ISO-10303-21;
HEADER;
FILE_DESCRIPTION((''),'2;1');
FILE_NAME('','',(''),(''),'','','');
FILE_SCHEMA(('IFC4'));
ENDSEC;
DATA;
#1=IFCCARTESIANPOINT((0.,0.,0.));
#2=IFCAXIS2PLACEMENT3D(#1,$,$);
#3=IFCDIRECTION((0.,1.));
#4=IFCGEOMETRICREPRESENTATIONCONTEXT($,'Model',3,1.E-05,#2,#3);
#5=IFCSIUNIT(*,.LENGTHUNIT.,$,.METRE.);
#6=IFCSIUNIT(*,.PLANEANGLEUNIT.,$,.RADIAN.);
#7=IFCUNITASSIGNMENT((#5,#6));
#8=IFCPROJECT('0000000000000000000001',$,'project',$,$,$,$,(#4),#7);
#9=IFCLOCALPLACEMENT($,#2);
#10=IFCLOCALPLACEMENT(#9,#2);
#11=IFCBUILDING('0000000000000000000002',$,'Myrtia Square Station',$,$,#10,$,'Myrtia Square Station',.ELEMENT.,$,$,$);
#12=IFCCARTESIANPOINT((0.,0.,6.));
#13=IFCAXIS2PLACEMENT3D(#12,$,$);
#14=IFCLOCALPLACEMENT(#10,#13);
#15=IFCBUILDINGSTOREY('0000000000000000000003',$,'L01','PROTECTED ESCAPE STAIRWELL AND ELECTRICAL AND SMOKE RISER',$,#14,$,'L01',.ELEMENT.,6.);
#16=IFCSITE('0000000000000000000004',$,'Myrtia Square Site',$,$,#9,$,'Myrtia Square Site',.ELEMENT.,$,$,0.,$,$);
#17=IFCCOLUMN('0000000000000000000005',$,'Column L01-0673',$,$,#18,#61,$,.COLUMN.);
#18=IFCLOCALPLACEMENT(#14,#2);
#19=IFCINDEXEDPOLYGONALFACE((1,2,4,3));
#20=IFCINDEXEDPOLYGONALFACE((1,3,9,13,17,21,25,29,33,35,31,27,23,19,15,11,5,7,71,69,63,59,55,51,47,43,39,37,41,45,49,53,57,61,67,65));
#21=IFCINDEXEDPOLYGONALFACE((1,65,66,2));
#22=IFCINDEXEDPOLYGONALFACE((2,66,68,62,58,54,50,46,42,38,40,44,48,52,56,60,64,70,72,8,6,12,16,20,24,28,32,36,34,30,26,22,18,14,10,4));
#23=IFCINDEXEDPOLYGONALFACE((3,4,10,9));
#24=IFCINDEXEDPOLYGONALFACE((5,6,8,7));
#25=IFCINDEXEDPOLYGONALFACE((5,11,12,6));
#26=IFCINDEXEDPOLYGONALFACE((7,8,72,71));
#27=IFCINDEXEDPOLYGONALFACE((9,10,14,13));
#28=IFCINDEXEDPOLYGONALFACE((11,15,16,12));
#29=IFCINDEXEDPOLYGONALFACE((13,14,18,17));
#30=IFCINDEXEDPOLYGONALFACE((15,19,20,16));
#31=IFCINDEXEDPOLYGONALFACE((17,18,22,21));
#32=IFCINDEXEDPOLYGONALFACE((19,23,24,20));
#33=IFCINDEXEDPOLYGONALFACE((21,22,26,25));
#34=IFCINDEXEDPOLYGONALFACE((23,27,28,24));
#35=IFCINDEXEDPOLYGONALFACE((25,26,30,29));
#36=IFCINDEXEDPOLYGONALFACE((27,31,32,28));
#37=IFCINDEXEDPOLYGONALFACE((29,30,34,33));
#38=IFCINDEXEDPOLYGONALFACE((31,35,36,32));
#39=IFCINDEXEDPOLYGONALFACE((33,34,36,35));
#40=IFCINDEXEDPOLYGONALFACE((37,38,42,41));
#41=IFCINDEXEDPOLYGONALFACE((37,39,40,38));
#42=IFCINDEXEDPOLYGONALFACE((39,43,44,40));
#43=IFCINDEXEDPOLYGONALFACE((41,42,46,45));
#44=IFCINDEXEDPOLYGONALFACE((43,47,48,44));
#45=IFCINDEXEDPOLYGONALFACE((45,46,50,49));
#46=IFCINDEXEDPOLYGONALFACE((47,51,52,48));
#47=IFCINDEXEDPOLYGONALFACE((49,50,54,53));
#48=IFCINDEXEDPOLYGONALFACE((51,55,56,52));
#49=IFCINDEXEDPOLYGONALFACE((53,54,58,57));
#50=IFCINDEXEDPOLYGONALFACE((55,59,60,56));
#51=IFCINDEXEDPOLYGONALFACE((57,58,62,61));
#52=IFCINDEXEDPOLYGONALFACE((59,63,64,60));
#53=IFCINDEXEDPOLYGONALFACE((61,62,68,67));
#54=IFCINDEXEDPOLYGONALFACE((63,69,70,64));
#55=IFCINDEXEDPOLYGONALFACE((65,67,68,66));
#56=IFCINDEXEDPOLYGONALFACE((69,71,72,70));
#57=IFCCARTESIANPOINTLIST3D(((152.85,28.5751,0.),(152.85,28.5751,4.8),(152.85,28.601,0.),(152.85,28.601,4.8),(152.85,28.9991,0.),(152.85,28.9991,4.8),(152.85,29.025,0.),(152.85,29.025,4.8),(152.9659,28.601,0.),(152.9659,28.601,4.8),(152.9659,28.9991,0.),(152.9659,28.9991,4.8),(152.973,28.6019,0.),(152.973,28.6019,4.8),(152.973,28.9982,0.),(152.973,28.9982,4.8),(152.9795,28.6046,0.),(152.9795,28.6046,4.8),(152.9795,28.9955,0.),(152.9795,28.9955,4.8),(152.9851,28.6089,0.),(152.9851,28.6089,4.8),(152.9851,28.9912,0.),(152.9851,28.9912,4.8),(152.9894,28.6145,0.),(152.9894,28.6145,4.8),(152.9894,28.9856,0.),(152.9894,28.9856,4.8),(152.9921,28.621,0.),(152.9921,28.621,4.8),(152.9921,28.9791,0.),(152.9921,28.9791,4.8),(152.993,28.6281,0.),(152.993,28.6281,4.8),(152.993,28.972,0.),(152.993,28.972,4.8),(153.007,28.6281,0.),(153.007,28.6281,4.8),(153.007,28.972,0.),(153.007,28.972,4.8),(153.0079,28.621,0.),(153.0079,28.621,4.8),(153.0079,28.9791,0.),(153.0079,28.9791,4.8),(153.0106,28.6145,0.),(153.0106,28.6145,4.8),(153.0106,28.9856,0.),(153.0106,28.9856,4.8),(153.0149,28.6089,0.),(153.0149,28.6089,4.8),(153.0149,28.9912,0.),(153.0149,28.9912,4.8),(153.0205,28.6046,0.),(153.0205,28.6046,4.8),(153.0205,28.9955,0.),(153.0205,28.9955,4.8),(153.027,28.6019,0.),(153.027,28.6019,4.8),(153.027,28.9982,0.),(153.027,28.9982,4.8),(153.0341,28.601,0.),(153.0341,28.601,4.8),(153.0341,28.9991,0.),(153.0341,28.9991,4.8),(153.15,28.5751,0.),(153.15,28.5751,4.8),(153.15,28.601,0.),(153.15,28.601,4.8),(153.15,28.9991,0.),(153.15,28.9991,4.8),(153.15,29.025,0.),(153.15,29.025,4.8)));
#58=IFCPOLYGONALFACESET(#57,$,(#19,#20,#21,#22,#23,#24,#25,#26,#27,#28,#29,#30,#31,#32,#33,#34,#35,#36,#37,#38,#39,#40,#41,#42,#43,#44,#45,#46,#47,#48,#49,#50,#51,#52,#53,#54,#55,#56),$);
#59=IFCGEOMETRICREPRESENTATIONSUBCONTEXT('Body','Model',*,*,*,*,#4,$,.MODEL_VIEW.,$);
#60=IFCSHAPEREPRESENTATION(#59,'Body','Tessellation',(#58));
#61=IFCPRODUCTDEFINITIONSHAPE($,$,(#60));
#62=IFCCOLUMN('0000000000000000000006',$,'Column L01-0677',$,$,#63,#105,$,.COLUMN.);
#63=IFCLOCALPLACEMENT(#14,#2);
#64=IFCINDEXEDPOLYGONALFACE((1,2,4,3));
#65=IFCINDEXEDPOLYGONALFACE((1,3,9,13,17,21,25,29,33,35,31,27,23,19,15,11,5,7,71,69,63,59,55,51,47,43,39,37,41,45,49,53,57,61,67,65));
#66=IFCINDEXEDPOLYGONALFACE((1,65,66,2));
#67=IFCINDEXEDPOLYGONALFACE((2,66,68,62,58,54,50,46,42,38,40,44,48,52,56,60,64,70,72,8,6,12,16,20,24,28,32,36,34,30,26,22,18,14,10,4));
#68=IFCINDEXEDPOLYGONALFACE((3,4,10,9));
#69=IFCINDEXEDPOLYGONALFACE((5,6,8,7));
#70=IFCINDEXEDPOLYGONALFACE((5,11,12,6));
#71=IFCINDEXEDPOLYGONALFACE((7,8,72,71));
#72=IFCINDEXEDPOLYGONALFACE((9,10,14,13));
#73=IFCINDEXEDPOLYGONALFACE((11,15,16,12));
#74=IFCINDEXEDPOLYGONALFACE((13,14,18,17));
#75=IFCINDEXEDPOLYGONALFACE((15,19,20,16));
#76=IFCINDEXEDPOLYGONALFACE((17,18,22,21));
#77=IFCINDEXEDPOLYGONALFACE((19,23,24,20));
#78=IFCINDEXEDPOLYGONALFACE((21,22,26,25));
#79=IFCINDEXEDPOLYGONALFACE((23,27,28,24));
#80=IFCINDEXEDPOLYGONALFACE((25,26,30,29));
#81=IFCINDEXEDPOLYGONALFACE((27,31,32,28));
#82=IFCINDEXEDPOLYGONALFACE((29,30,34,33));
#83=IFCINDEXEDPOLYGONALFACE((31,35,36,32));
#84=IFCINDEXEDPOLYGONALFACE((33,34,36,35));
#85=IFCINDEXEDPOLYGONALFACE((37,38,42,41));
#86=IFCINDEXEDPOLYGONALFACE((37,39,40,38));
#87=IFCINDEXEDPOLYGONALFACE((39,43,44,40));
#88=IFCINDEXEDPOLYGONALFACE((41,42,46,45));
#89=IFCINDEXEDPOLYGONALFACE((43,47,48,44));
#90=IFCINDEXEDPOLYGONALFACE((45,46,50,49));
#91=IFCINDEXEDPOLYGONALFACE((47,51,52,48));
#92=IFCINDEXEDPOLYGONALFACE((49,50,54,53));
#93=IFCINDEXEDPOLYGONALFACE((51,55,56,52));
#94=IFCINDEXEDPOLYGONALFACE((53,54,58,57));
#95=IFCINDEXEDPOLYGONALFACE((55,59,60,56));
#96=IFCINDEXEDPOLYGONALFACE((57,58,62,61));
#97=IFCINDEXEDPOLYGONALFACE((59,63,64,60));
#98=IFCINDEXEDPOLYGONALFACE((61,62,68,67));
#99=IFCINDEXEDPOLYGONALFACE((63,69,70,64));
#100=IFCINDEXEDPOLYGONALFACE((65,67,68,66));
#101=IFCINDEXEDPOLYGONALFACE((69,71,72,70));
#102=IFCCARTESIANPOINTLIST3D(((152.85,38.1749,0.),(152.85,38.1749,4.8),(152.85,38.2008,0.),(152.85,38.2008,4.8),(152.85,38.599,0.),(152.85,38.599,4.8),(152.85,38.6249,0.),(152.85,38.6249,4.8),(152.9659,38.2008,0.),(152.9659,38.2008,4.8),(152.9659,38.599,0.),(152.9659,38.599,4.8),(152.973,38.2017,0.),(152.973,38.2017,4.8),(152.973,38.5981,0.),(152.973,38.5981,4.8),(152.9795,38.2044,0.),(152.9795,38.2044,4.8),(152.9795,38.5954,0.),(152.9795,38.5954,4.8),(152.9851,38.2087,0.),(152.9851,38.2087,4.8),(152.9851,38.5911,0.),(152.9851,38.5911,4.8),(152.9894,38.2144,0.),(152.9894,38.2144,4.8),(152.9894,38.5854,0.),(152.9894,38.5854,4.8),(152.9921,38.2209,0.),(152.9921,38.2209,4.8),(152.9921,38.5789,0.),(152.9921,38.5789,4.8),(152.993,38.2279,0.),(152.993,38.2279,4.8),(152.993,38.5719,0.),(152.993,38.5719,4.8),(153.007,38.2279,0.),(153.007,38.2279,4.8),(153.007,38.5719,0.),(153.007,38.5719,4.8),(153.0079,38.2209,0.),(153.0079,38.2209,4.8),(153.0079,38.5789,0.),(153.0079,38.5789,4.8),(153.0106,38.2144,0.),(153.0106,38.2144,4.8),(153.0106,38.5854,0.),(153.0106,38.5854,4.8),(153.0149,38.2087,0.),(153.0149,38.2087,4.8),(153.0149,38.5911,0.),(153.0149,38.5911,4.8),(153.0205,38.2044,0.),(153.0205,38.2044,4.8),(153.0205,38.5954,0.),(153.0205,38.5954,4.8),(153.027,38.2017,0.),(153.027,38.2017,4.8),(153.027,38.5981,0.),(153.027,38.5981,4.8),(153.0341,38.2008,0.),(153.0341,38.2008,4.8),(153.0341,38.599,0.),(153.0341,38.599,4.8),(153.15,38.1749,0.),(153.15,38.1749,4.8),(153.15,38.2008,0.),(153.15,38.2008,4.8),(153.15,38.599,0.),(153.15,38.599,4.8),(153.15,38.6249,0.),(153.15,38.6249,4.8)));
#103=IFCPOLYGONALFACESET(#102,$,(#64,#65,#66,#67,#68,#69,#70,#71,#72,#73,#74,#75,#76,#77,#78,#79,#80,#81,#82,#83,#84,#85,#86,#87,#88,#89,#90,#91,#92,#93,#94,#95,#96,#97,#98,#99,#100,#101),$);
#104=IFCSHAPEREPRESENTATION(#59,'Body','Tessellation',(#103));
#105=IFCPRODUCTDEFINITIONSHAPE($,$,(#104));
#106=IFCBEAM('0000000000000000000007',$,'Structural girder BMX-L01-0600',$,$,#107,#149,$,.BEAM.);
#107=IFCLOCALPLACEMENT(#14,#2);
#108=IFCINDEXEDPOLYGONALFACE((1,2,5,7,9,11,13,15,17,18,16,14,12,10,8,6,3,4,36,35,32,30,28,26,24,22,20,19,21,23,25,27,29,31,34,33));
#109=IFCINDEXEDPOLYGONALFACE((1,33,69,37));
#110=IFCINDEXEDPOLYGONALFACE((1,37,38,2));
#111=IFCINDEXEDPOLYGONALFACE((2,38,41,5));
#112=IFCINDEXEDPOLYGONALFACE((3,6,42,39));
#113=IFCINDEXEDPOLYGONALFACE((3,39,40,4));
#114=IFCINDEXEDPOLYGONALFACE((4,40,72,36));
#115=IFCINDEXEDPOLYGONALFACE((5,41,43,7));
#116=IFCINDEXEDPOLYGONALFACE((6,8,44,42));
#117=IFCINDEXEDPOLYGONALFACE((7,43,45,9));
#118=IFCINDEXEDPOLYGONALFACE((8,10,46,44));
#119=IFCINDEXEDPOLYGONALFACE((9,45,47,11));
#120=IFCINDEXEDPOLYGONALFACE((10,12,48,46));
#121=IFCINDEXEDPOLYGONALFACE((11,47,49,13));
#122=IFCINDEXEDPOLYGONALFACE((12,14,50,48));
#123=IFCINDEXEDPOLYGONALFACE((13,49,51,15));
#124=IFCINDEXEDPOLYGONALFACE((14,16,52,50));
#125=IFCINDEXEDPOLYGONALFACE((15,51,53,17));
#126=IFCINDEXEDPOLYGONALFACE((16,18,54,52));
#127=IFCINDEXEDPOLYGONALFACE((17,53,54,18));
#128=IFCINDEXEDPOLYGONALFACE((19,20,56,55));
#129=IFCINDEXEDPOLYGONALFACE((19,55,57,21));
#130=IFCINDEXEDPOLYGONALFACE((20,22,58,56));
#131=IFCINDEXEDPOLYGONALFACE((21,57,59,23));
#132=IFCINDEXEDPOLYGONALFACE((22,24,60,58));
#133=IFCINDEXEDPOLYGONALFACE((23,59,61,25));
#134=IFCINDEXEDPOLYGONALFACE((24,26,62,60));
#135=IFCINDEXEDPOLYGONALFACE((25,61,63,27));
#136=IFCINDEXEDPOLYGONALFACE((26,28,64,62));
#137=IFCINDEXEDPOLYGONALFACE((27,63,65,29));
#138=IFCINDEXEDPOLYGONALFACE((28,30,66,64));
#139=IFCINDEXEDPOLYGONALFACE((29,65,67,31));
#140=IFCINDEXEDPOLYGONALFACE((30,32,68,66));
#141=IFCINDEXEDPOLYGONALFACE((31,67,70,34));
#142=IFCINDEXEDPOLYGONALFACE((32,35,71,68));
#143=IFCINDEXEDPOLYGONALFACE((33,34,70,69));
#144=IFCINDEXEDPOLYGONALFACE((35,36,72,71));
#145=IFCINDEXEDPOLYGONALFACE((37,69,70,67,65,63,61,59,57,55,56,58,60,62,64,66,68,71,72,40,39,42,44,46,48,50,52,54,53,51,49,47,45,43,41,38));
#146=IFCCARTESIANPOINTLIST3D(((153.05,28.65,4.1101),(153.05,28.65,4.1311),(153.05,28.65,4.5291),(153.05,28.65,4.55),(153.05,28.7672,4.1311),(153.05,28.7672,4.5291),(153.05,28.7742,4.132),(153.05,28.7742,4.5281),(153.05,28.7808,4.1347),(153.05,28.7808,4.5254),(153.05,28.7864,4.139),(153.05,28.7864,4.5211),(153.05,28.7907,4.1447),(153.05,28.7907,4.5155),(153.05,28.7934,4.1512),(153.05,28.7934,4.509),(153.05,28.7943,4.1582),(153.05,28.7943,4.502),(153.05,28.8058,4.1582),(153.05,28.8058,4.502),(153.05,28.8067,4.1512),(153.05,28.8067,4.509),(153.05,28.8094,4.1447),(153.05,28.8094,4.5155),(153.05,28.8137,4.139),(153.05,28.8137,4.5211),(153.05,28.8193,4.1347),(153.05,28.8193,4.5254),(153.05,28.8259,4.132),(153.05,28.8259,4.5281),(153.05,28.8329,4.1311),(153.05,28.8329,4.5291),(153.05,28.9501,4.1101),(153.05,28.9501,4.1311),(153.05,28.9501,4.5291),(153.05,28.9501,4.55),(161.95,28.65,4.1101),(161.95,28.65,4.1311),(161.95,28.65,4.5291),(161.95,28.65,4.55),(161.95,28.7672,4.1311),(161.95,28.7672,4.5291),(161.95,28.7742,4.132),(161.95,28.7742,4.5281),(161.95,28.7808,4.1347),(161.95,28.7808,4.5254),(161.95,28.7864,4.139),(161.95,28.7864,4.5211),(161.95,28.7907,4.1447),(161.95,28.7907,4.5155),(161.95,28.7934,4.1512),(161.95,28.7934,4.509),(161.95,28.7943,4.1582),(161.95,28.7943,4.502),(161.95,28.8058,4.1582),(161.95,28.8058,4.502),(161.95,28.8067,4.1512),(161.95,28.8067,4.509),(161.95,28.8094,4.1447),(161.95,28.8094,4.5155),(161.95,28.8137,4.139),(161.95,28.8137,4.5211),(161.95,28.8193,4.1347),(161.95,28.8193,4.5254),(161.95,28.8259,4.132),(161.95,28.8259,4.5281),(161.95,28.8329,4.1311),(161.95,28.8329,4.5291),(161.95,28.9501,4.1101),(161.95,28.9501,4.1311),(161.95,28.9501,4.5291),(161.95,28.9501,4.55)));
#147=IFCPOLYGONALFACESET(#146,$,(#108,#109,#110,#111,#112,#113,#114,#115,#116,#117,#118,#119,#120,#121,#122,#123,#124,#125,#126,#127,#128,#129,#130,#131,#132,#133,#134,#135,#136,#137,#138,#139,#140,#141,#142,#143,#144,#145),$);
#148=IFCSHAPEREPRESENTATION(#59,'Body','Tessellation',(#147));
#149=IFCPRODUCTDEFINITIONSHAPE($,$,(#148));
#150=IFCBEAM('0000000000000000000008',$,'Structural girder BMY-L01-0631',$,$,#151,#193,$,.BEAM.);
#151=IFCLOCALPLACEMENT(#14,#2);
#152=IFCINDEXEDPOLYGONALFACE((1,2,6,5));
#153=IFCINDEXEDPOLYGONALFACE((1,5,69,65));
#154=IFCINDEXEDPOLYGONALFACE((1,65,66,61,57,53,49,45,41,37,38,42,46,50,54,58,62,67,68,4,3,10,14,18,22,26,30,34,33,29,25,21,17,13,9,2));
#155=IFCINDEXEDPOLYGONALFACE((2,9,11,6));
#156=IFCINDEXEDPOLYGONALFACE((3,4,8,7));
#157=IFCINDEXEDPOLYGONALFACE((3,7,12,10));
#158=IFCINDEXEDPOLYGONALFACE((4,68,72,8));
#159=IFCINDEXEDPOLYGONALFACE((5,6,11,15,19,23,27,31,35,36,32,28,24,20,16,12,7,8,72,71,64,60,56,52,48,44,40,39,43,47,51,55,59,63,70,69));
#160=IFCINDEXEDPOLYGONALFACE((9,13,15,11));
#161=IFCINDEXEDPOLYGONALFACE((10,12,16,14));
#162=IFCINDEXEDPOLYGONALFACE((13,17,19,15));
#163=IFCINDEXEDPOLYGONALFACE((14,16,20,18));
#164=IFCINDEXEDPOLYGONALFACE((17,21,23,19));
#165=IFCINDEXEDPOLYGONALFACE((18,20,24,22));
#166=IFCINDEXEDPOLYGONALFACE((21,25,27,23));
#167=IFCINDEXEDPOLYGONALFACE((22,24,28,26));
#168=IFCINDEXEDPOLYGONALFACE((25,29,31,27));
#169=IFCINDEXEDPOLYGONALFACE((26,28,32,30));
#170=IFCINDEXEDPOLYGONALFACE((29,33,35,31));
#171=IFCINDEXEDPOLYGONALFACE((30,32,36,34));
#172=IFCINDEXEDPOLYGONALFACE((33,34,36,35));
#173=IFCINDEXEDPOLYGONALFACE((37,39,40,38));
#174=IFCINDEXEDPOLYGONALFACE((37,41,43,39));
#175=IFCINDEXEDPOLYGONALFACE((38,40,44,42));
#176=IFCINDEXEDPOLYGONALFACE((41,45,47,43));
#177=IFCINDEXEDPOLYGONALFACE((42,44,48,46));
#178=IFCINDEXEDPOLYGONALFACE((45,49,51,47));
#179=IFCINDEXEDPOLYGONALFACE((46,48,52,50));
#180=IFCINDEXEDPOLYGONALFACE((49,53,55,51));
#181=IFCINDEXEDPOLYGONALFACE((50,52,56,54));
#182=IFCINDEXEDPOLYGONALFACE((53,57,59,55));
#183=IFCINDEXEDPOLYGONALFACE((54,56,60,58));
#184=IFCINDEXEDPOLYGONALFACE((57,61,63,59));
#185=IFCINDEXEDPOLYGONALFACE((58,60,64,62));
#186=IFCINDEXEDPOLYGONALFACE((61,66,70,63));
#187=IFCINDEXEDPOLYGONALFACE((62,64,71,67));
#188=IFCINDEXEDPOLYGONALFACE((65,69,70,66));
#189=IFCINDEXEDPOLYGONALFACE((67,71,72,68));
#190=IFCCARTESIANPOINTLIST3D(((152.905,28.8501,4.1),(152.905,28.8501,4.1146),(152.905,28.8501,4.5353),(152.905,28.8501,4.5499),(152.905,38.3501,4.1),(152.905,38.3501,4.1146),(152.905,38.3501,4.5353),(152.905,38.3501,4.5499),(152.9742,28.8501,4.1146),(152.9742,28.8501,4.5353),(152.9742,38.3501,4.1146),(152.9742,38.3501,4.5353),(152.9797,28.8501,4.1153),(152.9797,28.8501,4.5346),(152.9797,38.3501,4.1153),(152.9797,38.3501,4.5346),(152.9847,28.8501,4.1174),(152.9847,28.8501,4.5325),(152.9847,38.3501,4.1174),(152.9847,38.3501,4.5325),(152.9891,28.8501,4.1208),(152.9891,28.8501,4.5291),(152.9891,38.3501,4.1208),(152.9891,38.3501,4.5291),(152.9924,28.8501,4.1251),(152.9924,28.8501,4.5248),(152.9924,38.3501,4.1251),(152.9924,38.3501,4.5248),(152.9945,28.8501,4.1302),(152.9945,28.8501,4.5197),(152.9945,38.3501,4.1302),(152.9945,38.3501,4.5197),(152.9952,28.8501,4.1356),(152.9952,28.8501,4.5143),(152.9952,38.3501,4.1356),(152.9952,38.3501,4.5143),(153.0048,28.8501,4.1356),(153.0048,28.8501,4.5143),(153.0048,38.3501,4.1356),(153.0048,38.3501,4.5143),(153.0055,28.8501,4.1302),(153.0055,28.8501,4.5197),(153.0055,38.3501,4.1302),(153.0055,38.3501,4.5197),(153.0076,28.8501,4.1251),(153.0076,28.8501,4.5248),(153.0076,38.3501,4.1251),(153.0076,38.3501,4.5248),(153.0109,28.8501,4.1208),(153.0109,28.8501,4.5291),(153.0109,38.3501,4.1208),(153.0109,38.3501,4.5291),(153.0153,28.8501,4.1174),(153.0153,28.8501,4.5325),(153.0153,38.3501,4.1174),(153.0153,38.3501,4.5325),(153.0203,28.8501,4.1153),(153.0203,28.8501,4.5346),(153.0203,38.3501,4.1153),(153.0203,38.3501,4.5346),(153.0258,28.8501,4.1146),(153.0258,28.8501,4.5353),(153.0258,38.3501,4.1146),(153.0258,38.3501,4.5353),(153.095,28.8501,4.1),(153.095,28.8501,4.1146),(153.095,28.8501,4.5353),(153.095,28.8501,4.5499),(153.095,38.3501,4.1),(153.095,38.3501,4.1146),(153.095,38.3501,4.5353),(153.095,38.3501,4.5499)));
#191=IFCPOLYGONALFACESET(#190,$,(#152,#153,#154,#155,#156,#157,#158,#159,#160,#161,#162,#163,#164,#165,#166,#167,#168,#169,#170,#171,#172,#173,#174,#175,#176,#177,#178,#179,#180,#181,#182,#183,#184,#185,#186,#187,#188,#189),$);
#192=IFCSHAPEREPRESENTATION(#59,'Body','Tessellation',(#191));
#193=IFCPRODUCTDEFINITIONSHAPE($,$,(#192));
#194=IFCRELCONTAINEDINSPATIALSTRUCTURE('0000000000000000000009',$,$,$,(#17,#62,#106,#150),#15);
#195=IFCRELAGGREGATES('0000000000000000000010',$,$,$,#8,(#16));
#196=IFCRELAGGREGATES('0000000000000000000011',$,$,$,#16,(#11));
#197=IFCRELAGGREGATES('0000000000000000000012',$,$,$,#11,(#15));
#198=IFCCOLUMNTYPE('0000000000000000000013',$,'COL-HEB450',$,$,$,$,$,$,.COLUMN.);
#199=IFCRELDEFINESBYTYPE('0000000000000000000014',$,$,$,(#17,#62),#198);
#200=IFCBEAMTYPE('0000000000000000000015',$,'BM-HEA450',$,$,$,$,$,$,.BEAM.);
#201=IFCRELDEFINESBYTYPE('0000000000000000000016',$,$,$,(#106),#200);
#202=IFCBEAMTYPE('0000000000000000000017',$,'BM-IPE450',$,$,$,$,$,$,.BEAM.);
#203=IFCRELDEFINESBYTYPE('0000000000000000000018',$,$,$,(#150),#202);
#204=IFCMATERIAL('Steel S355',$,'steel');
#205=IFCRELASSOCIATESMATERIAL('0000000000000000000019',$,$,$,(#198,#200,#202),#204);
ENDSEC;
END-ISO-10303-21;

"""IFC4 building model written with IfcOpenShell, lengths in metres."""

from ifc_helpers import new_model, si_unit, direction, frame, origin, origin_2d, place, context, subcontext, project, spatial, i_section, extrude, material, material_profile, profile_set, type_object, element, save


model = new_model("IFC4")

# Units and contexts
model_context = context("Model", 3, precision=1e-05, world=origin(), true_north=direction((0.0, 1.0)))
body_context = subcontext(model_context, "Body", "Model", "MODEL_VIEW")
ifc_project = project(units=[si_unit("LENGTHUNIT", "METRE"), si_unit("PLANEANGLEUNIT", "RADIAN")], contexts=[model_context])

# Site, building, storey
site_placement = place(None, origin())
site = spatial("IfcSite", under=ifc_project, at=site_placement, Name="Myrtia Square Site", LongName="Myrtia Square Site", CompositionType="ELEMENT", RefElevation=0.0)
building_placement = place(site_placement, origin())
building = spatial("IfcBuilding", under=site, at=building_placement, Name="Myrtia Square Station", LongName="Myrtia Square Station", CompositionType="ELEMENT")
storey_placement = place(building_placement, frame((0.0, 0.0, 6.0)))
storey = spatial("IfcBuildingStorey", under=building, at=storey_placement, Name="L01", Description="PROTECTED ESCAPE STAIRWELL AND ELECTRICAL AND SMOKE RISER", LongName="L01", CompositionType="ELEMENT", Elevation=6.0)

# Columns
ifc_material_1 = material(Name="Steel S355", Category="steel")
ifc_material_profile_1 = material_profile(ifc_material_1, i_section(OverallWidth=0.3, OverallDepth=0.45, WebThickness=0.0139, FlangeThickness=0.0259, FilletRadius=0.0271, at=origin_2d()), Name="HEB 450")
ifc_profile_set_1 = profile_set([ifc_material_profile_1], Name="Steel S355")
column_type = type_object("IfcColumnType", Name="COL-HEB450", PredefinedType="COLUMN", material=ifc_profile_set_1)
for number, where, z_axis, x_axis, name in (
    (1, (153.0, 28.8, 0.0), (0.0, 0.0, 1.0), (1.0, 0.0, 0.0), "Column L01-0673"),
    (2, (153.0, 38.3999, 0.0), (0.0, 0.0, 1.0), (1.0, 0.0, 0.0), "Column L01-0677"),
):
    element("IfcColumn", number, at=place(storey_placement, frame(where, z_axis=z_axis, x_axis=x_axis)), inside=storey, type_object=column_type, Name=name, PredefinedType="COLUMN", context=body_context, shape_type="SweptSolid", body=[
        extrude(i_section(OverallWidth=0.3, OverallDepth=0.45, WebThickness=0.0139, FlangeThickness=0.0259, FilletRadius=0.0271, at=origin_2d()), origin(), (0.0, 0.0, 1.0), 4.8),
    ])

# Beams
ifc_material_profile_2 = material_profile(ifc_material_1, i_section(OverallWidth=0.3, OverallDepth=0.4399, WebThickness=0.0115, FlangeThickness=0.021, FilletRadius=0.0271, at=origin_2d()), Name="HEA 450")
ifc_profile_set_2 = profile_set([ifc_material_profile_2], Name="Steel S355")
beam_type_1 = type_object("IfcBeamType", Name="BM-HEA450", PredefinedType="BEAM", material=ifc_profile_set_2)
beam_1_placement = place(storey_placement, frame((153.05, 28.8, 4.3301), z_axis=(1.0, 0.0, 0.0), x_axis=(0.0, 1.0, 0.0)))
element("IfcBeam", 3, at=beam_1_placement, inside=storey, type_object=beam_type_1, Name="Structural girder BMX-L01-0600", PredefinedType="BEAM", context=body_context, shape_type="SweptSolid", body=[
    extrude(i_section(OverallWidth=0.3, OverallDepth=0.4399, WebThickness=0.0115, FlangeThickness=0.021, FilletRadius=0.0271, at=origin_2d()), origin(), (0.0, 0.0, 1.0), 8.8999),
])
ifc_material_profile_3 = material_profile(ifc_material_1, i_section(OverallWidth=0.1899, OverallDepth=0.45, WebThickness=0.0095, FlangeThickness=0.0146, FilletRadius=0.021, at=origin_2d()), Name="IPE 450")
ifc_profile_set_3 = profile_set([ifc_material_profile_3], Name="Steel S355")
beam_type_2 = type_object("IfcBeamType", Name="BM-IPE450", PredefinedType="BEAM", material=ifc_profile_set_3)
beam_2_placement = place(storey_placement, frame((153.0, 28.8501, 4.325), z_axis=(0.0, 1.0, 0.0), x_axis=(-1.0, 0.0, 0.0)))
element("IfcBeam", 4, at=beam_2_placement, inside=storey, type_object=beam_type_2, Name="Structural girder BMY-L01-0631", PredefinedType="BEAM", context=body_context, shape_type="SweptSolid", body=[
    extrude(i_section(OverallWidth=0.1899, OverallDepth=0.45, WebThickness=0.0095, FlangeThickness=0.0146, FilletRadius=0.021, at=origin_2d()), origin(), (0.0, 0.0, 1.0), 9.5),
])

save(model, "model.ifc")
